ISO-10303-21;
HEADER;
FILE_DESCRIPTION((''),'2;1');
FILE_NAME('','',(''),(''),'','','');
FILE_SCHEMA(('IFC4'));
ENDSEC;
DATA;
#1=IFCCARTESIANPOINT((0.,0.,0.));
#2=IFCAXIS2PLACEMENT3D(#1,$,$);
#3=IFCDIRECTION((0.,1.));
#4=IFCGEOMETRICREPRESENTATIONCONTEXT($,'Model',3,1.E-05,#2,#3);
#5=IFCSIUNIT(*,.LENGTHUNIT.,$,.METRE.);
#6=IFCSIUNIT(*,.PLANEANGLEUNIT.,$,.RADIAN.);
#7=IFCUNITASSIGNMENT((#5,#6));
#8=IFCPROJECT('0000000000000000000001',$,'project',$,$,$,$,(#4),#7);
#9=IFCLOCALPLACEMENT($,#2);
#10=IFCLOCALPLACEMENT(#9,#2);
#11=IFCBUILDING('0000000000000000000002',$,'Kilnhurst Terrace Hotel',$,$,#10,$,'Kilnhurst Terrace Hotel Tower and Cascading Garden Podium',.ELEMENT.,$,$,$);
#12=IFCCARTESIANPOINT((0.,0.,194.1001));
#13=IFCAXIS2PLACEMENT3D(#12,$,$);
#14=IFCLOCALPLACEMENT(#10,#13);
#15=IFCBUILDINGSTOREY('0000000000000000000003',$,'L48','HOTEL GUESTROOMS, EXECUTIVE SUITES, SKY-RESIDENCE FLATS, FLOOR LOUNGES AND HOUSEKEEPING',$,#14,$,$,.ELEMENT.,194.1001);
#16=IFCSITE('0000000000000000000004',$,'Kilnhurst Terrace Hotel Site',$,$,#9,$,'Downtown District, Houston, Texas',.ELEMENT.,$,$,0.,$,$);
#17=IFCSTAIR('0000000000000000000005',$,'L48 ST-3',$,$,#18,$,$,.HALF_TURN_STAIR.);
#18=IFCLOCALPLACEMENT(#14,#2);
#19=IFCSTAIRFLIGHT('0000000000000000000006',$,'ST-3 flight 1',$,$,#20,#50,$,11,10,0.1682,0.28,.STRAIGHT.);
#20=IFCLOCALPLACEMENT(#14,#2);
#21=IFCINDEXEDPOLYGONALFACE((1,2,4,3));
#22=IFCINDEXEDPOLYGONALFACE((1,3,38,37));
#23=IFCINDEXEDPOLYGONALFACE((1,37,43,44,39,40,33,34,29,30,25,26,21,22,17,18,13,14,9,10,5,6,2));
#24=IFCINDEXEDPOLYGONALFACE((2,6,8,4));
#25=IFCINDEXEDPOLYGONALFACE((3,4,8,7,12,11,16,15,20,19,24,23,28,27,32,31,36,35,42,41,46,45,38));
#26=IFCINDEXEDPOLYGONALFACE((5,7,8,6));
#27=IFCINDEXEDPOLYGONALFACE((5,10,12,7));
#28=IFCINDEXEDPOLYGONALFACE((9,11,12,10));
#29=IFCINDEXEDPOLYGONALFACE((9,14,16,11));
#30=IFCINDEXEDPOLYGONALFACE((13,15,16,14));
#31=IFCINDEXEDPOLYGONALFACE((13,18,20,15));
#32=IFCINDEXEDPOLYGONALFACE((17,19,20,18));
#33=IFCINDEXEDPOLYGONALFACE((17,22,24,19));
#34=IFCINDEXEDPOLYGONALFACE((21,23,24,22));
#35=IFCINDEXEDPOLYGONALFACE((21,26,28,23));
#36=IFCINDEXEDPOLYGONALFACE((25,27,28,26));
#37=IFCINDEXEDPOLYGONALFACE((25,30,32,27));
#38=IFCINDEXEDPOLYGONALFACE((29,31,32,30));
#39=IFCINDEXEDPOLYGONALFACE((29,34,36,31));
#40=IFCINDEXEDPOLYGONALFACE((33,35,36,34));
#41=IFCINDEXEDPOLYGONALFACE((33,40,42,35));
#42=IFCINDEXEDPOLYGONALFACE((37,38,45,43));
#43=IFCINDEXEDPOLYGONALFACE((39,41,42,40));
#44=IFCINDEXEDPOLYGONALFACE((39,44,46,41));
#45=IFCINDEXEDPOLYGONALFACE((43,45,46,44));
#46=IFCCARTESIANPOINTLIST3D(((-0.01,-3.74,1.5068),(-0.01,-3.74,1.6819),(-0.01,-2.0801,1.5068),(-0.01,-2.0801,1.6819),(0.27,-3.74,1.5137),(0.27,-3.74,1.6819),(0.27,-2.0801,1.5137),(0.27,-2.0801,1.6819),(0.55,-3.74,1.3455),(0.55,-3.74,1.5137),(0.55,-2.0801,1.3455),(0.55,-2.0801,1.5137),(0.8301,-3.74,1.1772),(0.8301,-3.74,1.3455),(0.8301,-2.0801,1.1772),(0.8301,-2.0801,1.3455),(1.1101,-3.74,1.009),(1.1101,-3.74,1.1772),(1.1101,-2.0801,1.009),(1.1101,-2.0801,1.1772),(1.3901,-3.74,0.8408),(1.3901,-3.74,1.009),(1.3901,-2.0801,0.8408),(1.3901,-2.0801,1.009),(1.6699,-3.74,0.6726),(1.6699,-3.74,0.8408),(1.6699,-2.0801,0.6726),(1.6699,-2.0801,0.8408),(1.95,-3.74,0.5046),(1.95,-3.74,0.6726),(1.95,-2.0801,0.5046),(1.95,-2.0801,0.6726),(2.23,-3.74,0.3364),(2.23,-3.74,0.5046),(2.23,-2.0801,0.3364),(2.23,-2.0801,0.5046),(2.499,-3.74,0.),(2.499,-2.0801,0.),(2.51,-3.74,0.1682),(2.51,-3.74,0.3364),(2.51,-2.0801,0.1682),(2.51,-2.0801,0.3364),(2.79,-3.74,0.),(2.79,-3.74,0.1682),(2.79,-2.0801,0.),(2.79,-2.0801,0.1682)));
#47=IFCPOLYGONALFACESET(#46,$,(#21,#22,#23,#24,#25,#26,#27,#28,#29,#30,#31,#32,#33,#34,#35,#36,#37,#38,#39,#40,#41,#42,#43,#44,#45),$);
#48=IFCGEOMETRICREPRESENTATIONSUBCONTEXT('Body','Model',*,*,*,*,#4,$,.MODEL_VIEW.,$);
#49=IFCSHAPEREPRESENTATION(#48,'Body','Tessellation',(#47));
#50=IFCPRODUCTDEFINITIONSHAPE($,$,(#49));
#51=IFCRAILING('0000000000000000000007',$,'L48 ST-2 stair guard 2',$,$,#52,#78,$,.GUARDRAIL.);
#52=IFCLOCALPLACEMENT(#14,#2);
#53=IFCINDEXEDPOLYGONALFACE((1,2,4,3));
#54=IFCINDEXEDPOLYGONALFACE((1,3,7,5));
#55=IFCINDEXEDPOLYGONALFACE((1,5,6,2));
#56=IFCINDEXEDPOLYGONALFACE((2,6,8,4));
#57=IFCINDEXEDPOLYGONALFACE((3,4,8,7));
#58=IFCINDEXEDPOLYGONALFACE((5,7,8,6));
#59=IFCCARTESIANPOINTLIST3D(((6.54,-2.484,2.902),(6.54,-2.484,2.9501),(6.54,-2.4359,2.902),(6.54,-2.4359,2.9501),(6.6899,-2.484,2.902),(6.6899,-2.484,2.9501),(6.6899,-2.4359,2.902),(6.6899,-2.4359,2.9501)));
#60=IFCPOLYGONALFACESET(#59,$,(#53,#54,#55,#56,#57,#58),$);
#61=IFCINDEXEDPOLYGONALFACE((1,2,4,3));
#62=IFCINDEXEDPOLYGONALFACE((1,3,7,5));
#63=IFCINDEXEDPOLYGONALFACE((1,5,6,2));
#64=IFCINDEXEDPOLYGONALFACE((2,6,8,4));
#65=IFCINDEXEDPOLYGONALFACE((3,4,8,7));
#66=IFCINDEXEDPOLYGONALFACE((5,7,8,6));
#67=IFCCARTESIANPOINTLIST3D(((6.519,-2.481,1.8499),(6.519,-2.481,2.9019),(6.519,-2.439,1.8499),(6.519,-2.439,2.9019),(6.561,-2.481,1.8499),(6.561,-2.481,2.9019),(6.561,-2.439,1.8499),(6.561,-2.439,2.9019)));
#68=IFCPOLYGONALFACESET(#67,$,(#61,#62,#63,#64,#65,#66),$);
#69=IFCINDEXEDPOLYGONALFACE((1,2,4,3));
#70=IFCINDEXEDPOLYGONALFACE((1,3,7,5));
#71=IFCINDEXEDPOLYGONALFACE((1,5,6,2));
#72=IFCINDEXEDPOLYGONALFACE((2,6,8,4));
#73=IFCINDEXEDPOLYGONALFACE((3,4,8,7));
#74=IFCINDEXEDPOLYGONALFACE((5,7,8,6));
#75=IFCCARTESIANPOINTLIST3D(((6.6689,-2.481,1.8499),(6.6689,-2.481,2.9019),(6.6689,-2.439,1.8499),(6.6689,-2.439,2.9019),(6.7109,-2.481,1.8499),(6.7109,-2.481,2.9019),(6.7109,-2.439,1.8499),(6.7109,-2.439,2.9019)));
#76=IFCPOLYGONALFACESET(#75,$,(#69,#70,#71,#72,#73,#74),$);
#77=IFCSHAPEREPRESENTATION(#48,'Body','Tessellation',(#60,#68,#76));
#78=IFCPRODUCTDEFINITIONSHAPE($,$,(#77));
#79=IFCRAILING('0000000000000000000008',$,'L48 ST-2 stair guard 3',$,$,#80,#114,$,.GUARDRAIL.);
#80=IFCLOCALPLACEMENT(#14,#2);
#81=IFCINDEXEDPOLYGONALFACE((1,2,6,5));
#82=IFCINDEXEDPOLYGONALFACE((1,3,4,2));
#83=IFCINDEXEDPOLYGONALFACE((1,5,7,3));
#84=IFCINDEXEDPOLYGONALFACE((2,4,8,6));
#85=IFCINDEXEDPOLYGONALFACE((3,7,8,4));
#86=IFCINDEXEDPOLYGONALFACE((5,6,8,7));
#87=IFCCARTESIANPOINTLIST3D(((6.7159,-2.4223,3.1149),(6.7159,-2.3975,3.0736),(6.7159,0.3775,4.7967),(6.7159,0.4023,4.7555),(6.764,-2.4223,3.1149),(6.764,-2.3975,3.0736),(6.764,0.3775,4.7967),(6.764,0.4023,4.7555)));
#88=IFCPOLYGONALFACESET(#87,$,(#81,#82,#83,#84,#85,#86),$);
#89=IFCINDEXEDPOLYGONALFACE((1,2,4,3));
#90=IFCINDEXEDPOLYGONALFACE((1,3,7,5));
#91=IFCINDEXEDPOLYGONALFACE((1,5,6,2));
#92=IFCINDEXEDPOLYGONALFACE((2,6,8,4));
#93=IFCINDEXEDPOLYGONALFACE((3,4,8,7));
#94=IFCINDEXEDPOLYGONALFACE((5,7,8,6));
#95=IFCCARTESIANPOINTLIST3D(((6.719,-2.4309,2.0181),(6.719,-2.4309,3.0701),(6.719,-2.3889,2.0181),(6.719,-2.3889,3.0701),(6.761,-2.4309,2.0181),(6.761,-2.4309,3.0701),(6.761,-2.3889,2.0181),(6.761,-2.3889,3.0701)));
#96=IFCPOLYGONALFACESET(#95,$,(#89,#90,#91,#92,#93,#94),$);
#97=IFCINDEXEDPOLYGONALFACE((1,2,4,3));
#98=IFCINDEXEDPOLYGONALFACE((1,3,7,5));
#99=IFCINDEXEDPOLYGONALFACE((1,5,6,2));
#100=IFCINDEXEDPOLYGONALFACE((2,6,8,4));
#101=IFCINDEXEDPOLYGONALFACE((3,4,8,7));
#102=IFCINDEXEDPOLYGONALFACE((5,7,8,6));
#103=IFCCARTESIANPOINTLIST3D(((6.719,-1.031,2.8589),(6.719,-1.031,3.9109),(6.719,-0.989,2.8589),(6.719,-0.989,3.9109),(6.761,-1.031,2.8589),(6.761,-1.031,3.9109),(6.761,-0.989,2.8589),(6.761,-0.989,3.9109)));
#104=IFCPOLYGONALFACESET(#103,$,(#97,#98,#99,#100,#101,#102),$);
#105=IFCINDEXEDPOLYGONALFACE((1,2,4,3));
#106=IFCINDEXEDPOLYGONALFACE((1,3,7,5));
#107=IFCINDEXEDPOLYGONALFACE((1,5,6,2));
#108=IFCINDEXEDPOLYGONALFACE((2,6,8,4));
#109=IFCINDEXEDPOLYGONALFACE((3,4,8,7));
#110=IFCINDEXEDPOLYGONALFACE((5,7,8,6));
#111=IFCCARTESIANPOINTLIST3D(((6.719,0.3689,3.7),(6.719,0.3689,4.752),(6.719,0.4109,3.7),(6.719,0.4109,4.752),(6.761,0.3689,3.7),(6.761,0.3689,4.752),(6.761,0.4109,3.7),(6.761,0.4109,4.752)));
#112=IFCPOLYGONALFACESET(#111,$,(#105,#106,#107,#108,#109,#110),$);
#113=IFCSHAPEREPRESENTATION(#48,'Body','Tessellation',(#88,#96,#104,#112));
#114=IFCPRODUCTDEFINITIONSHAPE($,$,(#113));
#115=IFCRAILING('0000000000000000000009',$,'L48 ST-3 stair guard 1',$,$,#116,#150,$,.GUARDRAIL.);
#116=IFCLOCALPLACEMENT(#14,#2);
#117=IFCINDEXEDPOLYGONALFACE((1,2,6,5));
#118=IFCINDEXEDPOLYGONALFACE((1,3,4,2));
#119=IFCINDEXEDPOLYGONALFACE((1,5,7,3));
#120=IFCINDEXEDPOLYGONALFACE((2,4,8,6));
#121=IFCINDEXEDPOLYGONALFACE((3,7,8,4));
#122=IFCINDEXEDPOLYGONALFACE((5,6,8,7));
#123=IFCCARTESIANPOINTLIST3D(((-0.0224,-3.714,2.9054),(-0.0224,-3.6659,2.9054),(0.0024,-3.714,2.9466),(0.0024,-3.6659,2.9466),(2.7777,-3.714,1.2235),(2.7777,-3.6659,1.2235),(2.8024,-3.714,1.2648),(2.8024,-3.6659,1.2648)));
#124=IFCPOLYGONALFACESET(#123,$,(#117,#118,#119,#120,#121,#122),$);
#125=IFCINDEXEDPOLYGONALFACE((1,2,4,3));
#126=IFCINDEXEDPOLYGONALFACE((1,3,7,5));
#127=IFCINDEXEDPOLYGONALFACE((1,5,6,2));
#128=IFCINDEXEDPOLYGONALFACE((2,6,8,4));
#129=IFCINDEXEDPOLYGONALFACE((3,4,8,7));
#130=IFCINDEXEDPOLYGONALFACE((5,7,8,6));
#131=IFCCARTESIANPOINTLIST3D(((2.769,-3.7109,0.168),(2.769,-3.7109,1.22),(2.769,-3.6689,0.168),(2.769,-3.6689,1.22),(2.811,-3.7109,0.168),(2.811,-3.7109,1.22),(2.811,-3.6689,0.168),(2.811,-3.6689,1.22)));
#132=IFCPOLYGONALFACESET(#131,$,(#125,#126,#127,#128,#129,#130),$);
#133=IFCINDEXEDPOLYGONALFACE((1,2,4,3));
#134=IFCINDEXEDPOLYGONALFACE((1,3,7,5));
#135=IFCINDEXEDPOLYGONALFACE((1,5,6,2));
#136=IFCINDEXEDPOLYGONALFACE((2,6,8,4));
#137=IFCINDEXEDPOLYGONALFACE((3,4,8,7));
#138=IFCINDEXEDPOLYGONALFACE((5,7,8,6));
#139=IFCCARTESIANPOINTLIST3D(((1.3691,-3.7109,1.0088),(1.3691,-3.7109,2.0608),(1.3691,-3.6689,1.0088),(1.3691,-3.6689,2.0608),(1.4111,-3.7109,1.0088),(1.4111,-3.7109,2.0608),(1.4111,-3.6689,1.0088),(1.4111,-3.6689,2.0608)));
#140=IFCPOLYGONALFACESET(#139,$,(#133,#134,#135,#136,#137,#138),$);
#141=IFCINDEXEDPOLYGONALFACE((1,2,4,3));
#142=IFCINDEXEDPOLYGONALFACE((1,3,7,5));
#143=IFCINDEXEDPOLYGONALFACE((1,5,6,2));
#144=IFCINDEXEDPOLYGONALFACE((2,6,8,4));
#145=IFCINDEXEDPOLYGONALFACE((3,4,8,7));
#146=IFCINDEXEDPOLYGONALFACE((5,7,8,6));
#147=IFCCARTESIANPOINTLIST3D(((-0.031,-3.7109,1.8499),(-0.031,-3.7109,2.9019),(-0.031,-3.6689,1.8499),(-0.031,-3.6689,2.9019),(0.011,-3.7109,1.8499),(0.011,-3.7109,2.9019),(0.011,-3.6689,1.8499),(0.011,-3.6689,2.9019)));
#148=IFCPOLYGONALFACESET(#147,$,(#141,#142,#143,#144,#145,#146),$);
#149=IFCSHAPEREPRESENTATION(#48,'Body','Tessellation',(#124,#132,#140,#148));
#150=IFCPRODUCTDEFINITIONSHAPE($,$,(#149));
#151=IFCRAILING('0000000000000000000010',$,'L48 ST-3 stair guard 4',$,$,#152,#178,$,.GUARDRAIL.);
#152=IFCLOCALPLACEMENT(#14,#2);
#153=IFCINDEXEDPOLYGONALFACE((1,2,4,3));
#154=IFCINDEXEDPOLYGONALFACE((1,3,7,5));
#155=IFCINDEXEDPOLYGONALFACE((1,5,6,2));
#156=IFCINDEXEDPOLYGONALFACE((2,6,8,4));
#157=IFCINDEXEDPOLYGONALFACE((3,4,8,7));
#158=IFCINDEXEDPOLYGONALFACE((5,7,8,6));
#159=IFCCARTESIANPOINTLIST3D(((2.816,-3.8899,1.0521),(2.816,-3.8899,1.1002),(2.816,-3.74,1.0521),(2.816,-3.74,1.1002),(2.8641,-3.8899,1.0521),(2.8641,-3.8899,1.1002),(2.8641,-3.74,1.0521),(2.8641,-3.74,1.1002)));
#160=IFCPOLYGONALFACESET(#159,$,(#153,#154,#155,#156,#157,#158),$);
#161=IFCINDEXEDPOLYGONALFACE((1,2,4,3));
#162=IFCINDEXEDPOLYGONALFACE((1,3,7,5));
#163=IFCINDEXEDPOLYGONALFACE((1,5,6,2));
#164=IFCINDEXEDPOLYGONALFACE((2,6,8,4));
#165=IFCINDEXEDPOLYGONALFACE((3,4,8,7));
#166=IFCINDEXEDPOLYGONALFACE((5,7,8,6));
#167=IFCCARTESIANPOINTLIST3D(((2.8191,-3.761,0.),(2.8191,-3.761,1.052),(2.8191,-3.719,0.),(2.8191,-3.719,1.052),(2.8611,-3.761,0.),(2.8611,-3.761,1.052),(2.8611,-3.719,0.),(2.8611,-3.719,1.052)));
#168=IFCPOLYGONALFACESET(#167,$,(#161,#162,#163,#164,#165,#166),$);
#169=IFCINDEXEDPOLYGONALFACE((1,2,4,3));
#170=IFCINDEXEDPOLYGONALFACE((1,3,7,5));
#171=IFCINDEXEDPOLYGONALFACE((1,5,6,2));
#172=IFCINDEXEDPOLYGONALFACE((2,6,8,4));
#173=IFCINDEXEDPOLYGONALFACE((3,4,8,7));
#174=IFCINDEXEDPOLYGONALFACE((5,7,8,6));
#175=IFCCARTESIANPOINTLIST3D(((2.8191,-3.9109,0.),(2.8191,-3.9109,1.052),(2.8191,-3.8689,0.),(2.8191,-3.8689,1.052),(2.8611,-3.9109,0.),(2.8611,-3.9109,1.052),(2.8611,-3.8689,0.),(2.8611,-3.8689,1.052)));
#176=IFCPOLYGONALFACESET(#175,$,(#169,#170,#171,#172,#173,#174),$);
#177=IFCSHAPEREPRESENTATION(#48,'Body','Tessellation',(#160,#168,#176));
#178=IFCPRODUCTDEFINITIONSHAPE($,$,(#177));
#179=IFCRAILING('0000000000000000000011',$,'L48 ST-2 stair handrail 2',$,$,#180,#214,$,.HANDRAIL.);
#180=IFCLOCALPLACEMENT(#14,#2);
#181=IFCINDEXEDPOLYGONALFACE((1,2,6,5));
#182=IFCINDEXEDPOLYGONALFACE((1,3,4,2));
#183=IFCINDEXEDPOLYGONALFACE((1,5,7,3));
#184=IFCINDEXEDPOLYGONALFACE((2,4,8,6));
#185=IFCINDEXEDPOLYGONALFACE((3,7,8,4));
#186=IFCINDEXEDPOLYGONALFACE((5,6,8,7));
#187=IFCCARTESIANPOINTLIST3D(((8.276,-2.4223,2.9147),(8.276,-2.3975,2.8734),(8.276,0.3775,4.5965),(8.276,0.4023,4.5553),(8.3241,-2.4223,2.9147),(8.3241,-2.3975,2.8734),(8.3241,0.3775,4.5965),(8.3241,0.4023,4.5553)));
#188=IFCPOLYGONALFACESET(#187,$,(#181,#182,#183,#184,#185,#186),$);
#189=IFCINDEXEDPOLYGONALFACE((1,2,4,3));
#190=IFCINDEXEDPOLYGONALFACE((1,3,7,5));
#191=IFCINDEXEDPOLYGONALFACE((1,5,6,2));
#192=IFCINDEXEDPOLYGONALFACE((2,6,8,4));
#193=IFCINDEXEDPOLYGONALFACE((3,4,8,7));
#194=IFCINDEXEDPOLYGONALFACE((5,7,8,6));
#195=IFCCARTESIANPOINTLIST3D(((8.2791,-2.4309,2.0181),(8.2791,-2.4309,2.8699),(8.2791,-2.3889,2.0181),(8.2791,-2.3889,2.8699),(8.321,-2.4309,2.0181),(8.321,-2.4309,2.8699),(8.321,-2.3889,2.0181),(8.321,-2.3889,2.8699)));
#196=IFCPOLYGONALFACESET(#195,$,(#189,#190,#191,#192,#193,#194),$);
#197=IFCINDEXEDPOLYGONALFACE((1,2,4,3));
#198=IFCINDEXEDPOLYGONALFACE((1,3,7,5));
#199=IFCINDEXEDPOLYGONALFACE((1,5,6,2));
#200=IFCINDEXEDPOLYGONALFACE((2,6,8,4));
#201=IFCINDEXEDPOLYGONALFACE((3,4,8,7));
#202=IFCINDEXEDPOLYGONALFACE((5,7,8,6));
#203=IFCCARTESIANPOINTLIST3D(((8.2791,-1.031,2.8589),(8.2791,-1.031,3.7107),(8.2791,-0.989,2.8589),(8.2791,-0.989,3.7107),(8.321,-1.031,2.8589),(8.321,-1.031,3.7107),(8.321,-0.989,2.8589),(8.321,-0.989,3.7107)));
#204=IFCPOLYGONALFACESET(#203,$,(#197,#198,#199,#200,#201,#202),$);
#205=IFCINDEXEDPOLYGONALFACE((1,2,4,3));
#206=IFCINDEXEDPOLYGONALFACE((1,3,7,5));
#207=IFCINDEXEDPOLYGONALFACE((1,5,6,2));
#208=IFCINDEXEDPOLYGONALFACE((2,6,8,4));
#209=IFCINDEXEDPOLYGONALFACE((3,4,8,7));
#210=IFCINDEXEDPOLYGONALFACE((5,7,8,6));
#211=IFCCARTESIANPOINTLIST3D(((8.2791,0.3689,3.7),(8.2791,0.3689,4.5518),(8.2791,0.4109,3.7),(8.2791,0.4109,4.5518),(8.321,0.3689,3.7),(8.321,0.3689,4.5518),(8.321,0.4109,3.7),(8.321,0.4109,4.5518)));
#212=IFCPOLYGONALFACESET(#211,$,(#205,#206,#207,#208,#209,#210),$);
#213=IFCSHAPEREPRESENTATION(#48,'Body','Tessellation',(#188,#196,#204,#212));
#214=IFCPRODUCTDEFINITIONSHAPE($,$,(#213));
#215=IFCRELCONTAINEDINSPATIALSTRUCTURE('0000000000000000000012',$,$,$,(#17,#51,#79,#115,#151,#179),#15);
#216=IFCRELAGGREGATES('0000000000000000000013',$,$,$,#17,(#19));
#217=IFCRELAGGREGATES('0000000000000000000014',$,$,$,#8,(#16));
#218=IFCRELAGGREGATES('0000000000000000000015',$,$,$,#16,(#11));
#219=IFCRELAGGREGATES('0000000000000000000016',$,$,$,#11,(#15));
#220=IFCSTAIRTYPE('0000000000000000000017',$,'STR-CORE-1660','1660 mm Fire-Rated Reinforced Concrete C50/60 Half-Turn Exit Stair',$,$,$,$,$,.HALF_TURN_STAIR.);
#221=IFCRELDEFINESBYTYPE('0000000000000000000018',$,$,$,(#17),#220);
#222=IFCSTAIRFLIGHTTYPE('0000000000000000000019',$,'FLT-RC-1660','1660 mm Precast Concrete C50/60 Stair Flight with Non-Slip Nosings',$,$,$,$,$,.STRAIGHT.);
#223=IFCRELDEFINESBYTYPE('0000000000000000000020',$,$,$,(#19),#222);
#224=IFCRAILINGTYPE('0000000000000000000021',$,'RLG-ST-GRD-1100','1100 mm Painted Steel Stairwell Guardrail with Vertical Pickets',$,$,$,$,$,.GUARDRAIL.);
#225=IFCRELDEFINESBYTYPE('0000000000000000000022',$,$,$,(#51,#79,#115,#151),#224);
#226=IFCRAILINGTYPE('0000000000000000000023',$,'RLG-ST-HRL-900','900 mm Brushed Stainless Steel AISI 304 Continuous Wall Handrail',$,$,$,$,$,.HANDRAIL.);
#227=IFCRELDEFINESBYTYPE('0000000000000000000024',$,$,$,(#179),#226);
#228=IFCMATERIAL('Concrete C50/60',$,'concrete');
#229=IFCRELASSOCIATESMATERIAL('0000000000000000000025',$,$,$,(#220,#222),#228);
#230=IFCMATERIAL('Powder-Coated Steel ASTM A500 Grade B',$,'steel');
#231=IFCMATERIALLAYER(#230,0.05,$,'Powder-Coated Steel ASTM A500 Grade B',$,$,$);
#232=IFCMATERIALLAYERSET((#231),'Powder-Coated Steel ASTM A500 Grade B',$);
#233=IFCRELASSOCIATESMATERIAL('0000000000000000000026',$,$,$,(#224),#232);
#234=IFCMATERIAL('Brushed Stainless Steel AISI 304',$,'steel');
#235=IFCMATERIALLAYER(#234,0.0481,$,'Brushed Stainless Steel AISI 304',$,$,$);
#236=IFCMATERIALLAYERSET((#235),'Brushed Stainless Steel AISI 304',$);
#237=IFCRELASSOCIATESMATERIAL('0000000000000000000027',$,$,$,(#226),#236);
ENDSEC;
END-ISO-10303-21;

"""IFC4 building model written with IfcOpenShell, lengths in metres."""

from ifc_helpers import new_model, si_unit, direction, frame, origin, origin_2d, place, context, subcontext, project, spatial, polyline, rectangle, outline, extrude, material, layer, layer_set, type_object, element, aggregate, save


model = new_model("IFC4")

# Units and contexts
model_context = context("Model", 3, precision=1e-05, world=origin(), true_north=direction((0.0, 1.0)))
body_context = subcontext(model_context, "Body", "Model", "MODEL_VIEW")
ifc_project = project(units=[si_unit("LENGTHUNIT", "METRE"), si_unit("PLANEANGLEUNIT", "RADIAN")], contexts=[model_context])

# Site, building, storey
site_placement = place(None, origin())
site = spatial("IfcSite", under=ifc_project, at=site_placement, Name="Kilnhurst Terrace Hotel Site", LongName="Downtown District, Houston, Texas", CompositionType="ELEMENT", RefElevation=0.0)
building_placement = place(site_placement, origin())
building = spatial("IfcBuilding", under=site, at=building_placement, Name="Kilnhurst Terrace Hotel", LongName="Kilnhurst Terrace Hotel Tower and Cascading Garden Podium", CompositionType="ELEMENT")
storey_placement = place(building_placement, frame((0.0, 0.0, 194.1001)))
storey = spatial("IfcBuildingStorey", under=building, at=storey_placement, Name="L48", Description="HOTEL GUESTROOMS, EXECUTIVE SUITES, SKY-RESIDENCE FLATS, FLOOR LOUNGES AND HOUSEKEEPING", CompositionType="ELEMENT", Elevation=194.1001)

# Shared definitions
ifc_material_1 = material(Name="Concrete C50/60", Category="concrete")

# Stair, stair flight
stair_type = type_object("IfcStairType", Name="STR-CORE-1660", Description="1660 mm Fire-Rated Reinforced Concrete C50/60 Half-Turn Exit Stair", PredefinedType="HALF_TURN_STAIR", material=ifc_material_1)
stair_flight_type = type_object("IfcStairFlightType", Name="FLT-RC-1660", Description="1660 mm Precast Concrete C50/60 Stair Flight with Non-Slip Nosings", PredefinedType="STRAIGHT", material=ifc_material_1)
stair_1_placement = place(storey_placement, origin())
stair_1 = element("IfcStair", 1, at=stair_1_placement, inside=storey, type_object=stair_type, Name="L48 ST-3", PredefinedType="HALF_TURN_STAIR")
stair_flight_1_placement = place(storey_placement, frame((2.79, -2.9099, 0.0), z_axis=(0.0, 0.0, 1.0), x_axis=(-1.0, 0.0, 0.0)))
stair_flight_1 = element("IfcStairFlight", 2, at=stair_flight_1_placement, type_object=stair_flight_type, Name="ST-3 flight 1", NumberOfRisers=11, NumberOfTreads=10, PredefinedType="STRAIGHT", RiserHeight=0.1682, TreadLength=0.28, context=body_context, shape_type="SweptSolid", body=[
    extrude(outline(polyline([(0.0, 0.0), (0.0, 0.1682), (0.28, 0.1682), (0.28, 0.3364), (0.5601, 0.3364), (0.5601, 0.5046), (0.8401, 0.5046), (0.8401, 0.6726), (1.1201, 0.6726), (1.1201, 0.8408), (1.3999, 0.8408), (1.3999, 1.009), (1.6799, 1.009), (1.6799, 1.1772), (1.96, 1.1772), (1.96, 1.3455), (2.24, 1.3455), (2.24, 1.5137), (2.52, 1.5137), (2.52, 1.6819), (2.8, 1.6819), (2.8, 1.8501), (2.8, 1.5068), (0.291, 0.0), (0.0, 0.0)])), frame((0.0, 0.8301, 0.0), z_axis=(0.0, -1.0, 0.0), x_axis=(1.0, 0.0, 0.0)), (0.0, 0.0, 1.0), 1.6599),
])
aggregate(stair_1, [stair_flight_1])

# Railings
ifc_material_2 = material(Name="Powder-Coated Steel ASTM A500 Grade B", Category="steel")
ifc_layer_1 = layer(ifc_material_2, 0.05, Name="Powder-Coated Steel ASTM A500 Grade B")
ifc_layer_set_1 = layer_set([ifc_layer_1], Name="Powder-Coated Steel ASTM A500 Grade B")
railing_type_1 = type_object("IfcRailingType", Name="RLG-ST-GRD-1100", Description="1100 mm Painted Steel Stairwell Guardrail with Vertical Pickets", PredefinedType="GUARDRAIL", material=ifc_layer_set_1)
railing_1_placement = place(storey_placement, frame((6.54, -2.46, 1.8499)))
element("IfcRailing", 3, at=railing_1_placement, inside=storey, type_object=railing_type_1, Name="L48 ST-2 stair guard 2", PredefinedType="GUARDRAIL", context=body_context, shape_type="SweptSolid", body=[
    extrude(rectangle(XDim=0.0481, YDim=0.0481, at=origin_2d()), frame((0.0, 0.0, 1.0762), z_axis=(1.0, 0.0, 0.0), x_axis=(0.0, 1.0, 0.0)), (0.0, 0.0, 1.0), 0.1499),
    extrude(rectangle(XDim=0.042, YDim=0.042, at=origin_2d()), origin(), (0.0, 0.0, 1.0), 1.052),
    extrude(rectangle(XDim=0.042, YDim=0.042, at=origin_2d()), frame((0.1499, 0.0, 0.0)), (0.0, 0.0, 1.0), 1.052),
])
railing_2_placement = place(storey_placement, frame((6.74, -2.4099, 2.0181)))
element("IfcRailing", 4, at=railing_2_placement, inside=storey, type_object=railing_type_1, Name="L48 ST-2 stair guard 3", PredefinedType="GUARDRAIL", context=body_context, shape_type="SweptSolid", body=[
    extrude(rectangle(XDim=0.0481, YDim=0.0481, at=origin_2d()), frame((0.0, 0.0, 1.0762), z_axis=(0.0, 0.857222, 0.514946), x_axis=(-1.0, 0.0, 0.0)), (0.0, 0.0, 1.0), 3.2661),
    extrude(rectangle(XDim=0.042, YDim=0.042, at=origin_2d()), origin(), (0.0, 0.0, 1.0), 1.052),
    extrude(rectangle(XDim=0.042, YDim=0.042, at=origin_2d()), frame((0.0, 1.3999, 0.8408)), (0.0, 0.0, 1.0), 1.052),
    extrude(rectangle(XDim=0.042, YDim=0.042, at=origin_2d()), frame((0.0, 2.7998, 1.6819)), (0.0, 0.0, 1.0), 1.052),
])
railing_3_placement = place(storey_placement, frame((2.79, -3.6899, 0.168)))
element("IfcRailing", 5, at=railing_3_placement, inside=storey, type_object=railing_type_1, Name="L48 ST-3 stair guard 1", PredefinedType="GUARDRAIL", context=body_context, shape_type="SweptSolid", body=[
    extrude(rectangle(XDim=0.0481, YDim=0.0481, at=origin_2d()), frame((0.0, 0.0, 1.0762), z_axis=(-0.857242, 0.0, 0.514913), x_axis=(0.0, -1.0, 0.0)), (0.0, 0.0, 1.0), 3.2664),
    extrude(rectangle(XDim=0.042, YDim=0.042, at=origin_2d()), origin(), (0.0, 0.0, 1.0), 1.052),
    extrude(rectangle(XDim=0.042, YDim=0.042, at=origin_2d()), frame((-1.3999, 0.0, 0.8408)), (0.0, 0.0, 1.0), 1.052),
    extrude(rectangle(XDim=0.042, YDim=0.042, at=origin_2d()), frame((-2.8, 0.0, 1.6819)), (0.0, 0.0, 1.0), 1.052),
])
railing_4_placement = place(storey_placement, frame((2.8401, -3.74, 0.0)))
element("IfcRailing", 6, at=railing_4_placement, inside=storey, type_object=railing_type_1, Name="L48 ST-3 stair guard 4", PredefinedType="GUARDRAIL", context=body_context, shape_type="SweptSolid", body=[
    extrude(rectangle(XDim=0.0481, YDim=0.0481, at=origin_2d()), frame((0.0, 0.0, 1.0762), z_axis=(0.0, -1.0, 0.0), x_axis=(1.0, 0.0, 0.0)), (0.0, 0.0, 1.0), 0.1499),
    extrude(rectangle(XDim=0.042, YDim=0.042, at=origin_2d()), origin(), (0.0, 0.0, 1.0), 1.052),
    extrude(rectangle(XDim=0.042, YDim=0.042, at=origin_2d()), frame((0.0, -0.1499, 0.0)), (0.0, 0.0, 1.0), 1.052),
])
ifc_material_3 = material(Name="Brushed Stainless Steel AISI 304", Category="steel")
ifc_layer_2 = layer(ifc_material_3, 0.0481, Name="Brushed Stainless Steel AISI 304")
ifc_layer_set_2 = layer_set([ifc_layer_2], Name="Brushed Stainless Steel AISI 304")
railing_type_2 = type_object("IfcRailingType", Name="RLG-ST-HRL-900", Description="900 mm Brushed Stainless Steel AISI 304 Continuous Wall Handrail", PredefinedType="HANDRAIL", material=ifc_layer_set_2)
railing_5_placement = place(storey_placement, frame((8.3, -2.4099, 2.0181)))
element("IfcRailing", 7, at=railing_5_placement, inside=storey, type_object=railing_type_2, Name="L48 ST-2 stair handrail 2", PredefinedType="HANDRAIL", context=body_context, shape_type="SweptSolid", body=[
    extrude(rectangle(XDim=0.0481, YDim=0.0481, at=origin_2d()), frame((0.0, 0.0, 0.876), z_axis=(0.0, 0.857222, 0.514946), x_axis=(-1.0, 0.0, 0.0)), (0.0, 0.0, 1.0), 3.2661),
    extrude(rectangle(XDim=0.042, YDim=0.042, at=origin_2d()), origin(), (0.0, 0.0, 1.0), 0.8518),
    extrude(rectangle(XDim=0.042, YDim=0.042, at=origin_2d()), frame((0.0, 1.3999, 0.8408)), (0.0, 0.0, 1.0), 0.8518),
    extrude(rectangle(XDim=0.042, YDim=0.042, at=origin_2d()), frame((0.0, 2.7998, 1.6819)), (0.0, 0.0, 1.0), 0.8518),
])

save(model, "model.ifc")
